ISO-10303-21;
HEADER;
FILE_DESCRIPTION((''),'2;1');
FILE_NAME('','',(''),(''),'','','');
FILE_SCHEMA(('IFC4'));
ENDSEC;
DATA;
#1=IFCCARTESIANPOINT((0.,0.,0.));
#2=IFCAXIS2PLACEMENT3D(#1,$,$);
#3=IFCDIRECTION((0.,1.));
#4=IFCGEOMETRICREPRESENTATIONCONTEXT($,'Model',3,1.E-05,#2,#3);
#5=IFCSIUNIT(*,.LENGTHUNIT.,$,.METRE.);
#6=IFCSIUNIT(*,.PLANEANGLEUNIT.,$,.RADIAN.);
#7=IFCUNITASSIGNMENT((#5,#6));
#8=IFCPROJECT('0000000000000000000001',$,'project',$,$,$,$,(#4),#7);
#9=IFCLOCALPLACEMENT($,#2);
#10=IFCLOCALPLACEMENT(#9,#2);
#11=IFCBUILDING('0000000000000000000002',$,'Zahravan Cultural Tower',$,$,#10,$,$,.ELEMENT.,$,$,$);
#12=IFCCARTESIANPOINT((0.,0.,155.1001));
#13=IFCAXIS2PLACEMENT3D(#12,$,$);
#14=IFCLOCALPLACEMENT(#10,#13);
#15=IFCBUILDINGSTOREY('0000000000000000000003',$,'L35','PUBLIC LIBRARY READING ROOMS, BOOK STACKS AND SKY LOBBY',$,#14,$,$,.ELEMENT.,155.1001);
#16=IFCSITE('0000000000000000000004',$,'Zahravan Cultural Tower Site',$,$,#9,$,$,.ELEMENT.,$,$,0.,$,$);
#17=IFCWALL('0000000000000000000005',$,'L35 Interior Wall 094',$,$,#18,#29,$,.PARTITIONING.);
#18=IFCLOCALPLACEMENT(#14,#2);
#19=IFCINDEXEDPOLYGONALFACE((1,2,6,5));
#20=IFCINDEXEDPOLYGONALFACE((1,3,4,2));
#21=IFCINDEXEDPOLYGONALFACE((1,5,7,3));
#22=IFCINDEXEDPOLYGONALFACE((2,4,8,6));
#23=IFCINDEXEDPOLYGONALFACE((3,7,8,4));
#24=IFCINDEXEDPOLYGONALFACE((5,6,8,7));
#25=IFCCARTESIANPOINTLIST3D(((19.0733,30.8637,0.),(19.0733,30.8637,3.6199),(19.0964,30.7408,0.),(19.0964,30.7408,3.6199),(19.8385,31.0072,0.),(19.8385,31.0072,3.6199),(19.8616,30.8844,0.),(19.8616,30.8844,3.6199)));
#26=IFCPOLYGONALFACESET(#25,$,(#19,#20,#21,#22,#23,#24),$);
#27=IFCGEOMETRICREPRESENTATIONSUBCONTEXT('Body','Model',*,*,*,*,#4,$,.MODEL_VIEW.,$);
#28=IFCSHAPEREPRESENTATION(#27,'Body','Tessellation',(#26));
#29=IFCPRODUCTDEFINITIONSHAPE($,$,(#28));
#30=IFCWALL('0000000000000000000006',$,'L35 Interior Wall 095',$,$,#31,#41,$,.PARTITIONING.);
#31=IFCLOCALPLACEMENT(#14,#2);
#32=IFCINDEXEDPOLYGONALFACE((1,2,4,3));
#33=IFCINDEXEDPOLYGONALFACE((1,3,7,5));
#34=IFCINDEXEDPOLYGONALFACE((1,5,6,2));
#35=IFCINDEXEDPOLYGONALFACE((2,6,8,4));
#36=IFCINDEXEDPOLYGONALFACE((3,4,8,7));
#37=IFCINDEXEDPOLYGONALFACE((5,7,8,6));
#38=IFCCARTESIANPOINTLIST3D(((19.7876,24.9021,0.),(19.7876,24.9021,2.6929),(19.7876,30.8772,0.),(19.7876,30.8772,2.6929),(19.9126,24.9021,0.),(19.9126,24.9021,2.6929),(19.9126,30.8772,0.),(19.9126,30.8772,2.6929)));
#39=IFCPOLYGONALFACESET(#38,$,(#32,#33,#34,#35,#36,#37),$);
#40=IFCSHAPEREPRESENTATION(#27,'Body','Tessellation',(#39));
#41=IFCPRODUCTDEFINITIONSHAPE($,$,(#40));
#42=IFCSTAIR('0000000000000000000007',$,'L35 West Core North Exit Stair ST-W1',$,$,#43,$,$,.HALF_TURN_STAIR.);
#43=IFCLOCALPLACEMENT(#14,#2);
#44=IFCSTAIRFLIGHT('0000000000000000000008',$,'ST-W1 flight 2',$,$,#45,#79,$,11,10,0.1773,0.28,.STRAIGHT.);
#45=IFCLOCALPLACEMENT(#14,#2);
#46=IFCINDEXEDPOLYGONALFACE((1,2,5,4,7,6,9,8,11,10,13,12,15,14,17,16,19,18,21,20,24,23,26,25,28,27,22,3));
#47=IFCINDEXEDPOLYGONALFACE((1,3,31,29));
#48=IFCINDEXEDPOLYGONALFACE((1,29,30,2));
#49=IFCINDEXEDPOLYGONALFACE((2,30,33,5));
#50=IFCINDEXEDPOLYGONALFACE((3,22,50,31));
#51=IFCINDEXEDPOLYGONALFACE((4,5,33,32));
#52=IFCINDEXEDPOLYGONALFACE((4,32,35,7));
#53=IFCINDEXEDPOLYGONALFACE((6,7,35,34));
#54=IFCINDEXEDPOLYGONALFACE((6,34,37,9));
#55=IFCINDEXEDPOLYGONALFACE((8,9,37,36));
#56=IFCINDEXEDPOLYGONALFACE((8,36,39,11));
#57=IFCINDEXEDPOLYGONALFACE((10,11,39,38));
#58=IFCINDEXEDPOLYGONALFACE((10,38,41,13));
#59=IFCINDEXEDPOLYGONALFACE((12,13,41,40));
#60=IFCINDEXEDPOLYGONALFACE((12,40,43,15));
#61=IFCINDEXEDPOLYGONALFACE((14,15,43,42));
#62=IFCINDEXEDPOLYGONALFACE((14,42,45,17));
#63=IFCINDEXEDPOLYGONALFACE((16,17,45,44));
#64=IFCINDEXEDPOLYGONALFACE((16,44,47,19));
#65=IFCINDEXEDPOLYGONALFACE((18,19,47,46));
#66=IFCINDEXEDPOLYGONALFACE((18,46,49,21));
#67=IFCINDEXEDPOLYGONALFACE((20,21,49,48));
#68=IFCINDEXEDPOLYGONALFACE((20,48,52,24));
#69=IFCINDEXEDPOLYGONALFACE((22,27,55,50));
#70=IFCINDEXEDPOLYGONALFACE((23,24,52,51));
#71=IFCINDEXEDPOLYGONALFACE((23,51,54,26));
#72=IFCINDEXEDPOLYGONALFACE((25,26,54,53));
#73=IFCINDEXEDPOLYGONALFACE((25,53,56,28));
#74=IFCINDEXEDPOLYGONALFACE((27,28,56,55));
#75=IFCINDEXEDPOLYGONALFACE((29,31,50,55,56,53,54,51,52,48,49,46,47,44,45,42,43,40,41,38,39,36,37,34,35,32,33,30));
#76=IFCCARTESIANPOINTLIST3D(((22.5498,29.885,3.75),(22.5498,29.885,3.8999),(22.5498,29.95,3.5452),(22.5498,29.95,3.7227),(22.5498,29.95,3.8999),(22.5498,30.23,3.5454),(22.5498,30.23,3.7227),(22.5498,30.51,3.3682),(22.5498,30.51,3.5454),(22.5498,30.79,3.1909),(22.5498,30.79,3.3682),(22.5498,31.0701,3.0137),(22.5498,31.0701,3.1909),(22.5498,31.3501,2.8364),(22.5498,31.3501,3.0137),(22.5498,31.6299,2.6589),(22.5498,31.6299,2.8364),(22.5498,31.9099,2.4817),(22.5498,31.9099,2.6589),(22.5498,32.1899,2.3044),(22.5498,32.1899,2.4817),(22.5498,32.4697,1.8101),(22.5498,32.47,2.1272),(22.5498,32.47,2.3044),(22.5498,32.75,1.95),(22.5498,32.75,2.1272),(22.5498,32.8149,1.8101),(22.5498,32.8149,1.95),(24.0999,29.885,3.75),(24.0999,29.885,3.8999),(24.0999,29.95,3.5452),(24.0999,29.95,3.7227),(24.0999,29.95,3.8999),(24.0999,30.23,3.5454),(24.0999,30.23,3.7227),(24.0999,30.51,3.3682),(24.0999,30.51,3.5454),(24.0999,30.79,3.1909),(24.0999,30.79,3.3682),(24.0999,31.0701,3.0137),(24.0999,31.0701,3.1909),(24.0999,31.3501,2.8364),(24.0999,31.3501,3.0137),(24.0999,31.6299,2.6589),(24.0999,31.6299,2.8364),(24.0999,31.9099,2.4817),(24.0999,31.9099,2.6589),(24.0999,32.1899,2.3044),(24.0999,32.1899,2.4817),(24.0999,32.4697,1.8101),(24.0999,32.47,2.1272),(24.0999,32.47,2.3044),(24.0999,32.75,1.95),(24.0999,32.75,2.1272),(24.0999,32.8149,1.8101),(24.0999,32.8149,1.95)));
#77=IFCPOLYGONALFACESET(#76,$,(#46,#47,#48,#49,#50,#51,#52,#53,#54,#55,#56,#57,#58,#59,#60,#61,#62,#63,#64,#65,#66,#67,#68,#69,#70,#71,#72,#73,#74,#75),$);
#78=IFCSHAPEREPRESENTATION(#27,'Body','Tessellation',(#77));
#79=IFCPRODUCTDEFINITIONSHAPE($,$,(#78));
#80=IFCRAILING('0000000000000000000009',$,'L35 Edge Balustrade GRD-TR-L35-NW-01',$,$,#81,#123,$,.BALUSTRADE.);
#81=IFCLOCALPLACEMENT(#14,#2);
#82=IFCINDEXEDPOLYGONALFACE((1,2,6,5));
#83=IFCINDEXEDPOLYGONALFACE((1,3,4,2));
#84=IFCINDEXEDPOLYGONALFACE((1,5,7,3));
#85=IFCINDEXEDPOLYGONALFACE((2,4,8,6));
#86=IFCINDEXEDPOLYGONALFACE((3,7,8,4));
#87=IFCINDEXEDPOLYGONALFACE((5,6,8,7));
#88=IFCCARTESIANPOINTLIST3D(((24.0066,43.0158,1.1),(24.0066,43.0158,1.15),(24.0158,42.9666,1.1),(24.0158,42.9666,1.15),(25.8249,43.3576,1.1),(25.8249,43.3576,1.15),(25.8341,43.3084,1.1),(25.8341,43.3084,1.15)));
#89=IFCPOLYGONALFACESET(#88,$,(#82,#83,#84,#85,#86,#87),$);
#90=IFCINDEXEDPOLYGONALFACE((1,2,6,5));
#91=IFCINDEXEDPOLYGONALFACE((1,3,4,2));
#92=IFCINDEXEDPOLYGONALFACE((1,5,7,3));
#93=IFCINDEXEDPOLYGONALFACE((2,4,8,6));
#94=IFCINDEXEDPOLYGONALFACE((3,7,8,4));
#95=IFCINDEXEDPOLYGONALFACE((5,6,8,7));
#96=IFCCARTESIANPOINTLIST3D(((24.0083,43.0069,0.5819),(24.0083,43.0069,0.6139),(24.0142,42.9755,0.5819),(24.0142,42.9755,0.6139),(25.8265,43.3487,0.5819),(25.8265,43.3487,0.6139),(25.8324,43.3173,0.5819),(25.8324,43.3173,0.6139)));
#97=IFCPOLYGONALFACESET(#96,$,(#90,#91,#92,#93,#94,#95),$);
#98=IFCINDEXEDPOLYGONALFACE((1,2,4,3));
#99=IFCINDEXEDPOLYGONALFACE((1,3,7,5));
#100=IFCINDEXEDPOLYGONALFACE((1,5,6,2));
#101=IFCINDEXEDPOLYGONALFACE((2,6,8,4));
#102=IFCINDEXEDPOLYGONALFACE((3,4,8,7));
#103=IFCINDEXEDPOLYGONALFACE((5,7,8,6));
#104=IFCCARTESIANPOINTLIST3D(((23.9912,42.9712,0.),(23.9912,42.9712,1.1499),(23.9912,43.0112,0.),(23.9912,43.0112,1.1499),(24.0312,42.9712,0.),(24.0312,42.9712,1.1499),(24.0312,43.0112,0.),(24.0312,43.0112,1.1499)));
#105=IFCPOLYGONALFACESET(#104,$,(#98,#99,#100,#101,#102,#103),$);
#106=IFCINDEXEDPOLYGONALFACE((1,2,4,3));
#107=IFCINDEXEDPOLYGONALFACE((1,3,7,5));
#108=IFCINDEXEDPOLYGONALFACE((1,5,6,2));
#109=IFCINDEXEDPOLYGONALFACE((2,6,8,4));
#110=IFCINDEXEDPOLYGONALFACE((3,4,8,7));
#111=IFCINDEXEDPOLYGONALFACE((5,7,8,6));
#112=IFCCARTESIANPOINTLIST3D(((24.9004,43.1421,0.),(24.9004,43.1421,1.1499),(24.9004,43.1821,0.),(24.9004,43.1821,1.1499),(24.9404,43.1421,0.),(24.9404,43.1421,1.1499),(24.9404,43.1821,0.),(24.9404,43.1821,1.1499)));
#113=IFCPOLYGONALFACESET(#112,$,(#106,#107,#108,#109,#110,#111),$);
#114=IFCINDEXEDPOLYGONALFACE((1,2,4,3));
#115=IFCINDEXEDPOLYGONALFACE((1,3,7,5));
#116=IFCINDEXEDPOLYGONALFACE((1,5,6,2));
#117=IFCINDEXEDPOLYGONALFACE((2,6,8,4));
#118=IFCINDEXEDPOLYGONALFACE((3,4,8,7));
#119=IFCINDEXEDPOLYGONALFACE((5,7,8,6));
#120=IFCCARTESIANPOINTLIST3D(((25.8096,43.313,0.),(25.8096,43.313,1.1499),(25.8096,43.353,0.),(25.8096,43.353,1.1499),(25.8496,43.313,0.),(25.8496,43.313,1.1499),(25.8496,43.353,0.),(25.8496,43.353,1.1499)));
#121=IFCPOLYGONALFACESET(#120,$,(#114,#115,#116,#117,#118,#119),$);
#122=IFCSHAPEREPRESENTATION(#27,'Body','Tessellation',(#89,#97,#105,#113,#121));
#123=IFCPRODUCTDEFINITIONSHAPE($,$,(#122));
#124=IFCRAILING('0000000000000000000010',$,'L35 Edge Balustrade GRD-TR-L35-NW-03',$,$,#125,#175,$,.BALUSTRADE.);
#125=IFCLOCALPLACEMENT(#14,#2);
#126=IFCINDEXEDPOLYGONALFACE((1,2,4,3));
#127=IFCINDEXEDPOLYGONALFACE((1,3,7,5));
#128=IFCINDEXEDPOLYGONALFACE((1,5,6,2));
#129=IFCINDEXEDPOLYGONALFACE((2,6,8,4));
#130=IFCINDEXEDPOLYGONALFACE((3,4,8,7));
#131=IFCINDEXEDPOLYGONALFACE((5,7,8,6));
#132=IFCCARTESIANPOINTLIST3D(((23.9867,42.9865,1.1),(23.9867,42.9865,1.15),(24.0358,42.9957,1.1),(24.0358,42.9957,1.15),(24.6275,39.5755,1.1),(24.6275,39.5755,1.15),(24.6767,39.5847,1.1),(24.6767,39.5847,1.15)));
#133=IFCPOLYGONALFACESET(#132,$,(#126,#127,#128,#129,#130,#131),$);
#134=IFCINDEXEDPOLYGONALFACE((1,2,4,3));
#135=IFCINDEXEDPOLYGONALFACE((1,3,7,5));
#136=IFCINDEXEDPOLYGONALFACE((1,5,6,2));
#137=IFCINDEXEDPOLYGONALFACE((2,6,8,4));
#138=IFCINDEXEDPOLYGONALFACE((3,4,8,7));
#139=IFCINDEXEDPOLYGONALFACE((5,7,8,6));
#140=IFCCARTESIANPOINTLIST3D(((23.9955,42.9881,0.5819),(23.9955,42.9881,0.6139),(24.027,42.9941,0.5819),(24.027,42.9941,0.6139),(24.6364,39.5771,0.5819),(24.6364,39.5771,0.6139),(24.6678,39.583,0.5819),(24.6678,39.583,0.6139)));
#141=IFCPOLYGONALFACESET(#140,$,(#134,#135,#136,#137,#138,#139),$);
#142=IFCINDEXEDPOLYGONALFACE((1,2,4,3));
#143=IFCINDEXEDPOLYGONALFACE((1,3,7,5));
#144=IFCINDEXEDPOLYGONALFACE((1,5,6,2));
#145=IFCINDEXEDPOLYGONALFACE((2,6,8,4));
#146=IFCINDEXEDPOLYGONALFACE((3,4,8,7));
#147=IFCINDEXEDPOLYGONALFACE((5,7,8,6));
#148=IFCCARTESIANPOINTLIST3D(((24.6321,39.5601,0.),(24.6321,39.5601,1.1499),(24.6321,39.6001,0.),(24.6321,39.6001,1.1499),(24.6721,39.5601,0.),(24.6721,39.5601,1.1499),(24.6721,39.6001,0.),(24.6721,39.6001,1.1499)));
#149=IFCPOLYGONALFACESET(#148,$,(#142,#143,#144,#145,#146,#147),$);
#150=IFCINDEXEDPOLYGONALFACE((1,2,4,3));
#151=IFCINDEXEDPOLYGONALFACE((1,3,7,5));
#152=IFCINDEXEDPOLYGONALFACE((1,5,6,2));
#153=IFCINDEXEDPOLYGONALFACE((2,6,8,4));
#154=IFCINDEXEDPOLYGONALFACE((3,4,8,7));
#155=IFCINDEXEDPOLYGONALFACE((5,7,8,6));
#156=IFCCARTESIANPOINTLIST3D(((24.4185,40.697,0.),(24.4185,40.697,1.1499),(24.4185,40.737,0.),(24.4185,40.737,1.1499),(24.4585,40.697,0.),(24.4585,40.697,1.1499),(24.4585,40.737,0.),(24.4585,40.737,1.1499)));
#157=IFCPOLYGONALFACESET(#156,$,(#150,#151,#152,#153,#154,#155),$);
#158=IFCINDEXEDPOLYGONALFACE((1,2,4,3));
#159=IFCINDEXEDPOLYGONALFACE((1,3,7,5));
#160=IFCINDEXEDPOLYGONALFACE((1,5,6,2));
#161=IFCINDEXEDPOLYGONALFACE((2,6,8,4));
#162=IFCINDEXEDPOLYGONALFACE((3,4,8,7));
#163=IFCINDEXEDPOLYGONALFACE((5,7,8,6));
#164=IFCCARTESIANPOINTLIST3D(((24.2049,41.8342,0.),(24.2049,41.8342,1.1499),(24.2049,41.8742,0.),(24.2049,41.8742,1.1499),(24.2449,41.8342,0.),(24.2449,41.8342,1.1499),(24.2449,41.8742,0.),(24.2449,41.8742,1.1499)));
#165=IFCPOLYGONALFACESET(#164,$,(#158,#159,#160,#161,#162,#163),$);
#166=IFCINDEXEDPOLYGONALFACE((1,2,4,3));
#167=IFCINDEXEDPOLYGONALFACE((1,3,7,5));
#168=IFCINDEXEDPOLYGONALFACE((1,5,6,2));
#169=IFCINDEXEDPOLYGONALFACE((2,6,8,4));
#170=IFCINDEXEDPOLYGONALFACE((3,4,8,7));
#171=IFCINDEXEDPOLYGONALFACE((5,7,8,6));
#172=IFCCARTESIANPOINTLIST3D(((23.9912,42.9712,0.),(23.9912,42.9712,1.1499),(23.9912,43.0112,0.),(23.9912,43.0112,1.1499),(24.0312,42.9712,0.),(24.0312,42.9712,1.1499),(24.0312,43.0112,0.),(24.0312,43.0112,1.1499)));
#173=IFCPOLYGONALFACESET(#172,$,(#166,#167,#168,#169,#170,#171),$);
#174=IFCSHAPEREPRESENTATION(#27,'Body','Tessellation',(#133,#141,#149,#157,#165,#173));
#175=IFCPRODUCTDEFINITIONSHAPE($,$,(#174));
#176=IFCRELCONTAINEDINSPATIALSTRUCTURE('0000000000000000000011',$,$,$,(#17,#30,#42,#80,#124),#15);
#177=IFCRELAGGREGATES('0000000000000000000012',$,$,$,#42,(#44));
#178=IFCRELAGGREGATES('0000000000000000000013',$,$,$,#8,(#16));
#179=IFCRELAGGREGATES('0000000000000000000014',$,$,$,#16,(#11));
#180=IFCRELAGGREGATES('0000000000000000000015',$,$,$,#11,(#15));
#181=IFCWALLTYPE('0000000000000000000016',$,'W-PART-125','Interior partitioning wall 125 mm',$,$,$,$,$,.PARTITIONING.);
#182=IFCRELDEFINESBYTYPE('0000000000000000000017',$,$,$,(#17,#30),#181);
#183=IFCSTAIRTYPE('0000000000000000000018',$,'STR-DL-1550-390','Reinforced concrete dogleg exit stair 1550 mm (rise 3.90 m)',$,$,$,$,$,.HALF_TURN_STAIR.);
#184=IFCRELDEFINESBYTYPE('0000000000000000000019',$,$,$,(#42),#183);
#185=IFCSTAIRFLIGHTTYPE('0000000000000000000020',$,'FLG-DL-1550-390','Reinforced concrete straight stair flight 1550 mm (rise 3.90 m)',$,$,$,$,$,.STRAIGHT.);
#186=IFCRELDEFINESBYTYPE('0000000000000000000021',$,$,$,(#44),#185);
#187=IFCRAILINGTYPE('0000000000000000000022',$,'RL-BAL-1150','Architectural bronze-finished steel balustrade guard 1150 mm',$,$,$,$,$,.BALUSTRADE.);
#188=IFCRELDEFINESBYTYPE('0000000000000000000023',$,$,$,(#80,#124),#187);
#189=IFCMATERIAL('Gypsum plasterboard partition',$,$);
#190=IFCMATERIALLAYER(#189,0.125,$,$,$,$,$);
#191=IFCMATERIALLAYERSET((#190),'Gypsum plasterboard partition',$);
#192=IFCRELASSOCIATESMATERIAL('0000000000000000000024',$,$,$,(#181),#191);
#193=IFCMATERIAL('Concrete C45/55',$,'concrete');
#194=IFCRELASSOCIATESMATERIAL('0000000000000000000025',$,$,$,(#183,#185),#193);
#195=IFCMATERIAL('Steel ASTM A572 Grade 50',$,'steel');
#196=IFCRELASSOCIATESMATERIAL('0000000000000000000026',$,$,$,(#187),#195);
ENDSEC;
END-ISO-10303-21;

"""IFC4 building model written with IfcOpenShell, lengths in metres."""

from ifc_helpers import new_model, si_unit, direction, frame, frame_2d, origin, origin_2d, place, context, subcontext, project, spatial, polyline, rectangle, outline, extrude, source, transform, mapped, material, layer, layer_set, type_object, element, aggregate, save


model = new_model("IFC4")

# Units and contexts
model_context = context("Model", 3, precision=1e-05, world=origin(), true_north=direction((0.0, 1.0)))
body_context = subcontext(model_context, "Body", "Model", "MODEL_VIEW")
ifc_project = project(units=[si_unit("LENGTHUNIT", "METRE"), si_unit("PLANEANGLEUNIT", "RADIAN")], contexts=[model_context])

# Site, building, storey
site_placement = place(None, origin())
site = spatial("IfcSite", under=ifc_project, at=site_placement, Name="Zahravan Cultural Tower Site", CompositionType="ELEMENT", RefElevation=0.0)
building_placement = place(site_placement, origin())
building = spatial("IfcBuilding", under=site, at=building_placement, Name="Zahravan Cultural Tower", CompositionType="ELEMENT")
storey_placement = place(building_placement, frame((0.0, 0.0, 155.1001)))
storey = spatial("IfcBuildingStorey", under=building, at=storey_placement, Name="L35", Description="PUBLIC LIBRARY READING ROOMS, BOOK STACKS AND SKY LOBBY", CompositionType="ELEMENT", Elevation=155.1001)

# Shared definitions
ifc_material_1 = material(Name="Gypsum plasterboard partition")
ifc_layer_1 = layer(ifc_material_1, 0.125)
ifc_layer_set_1 = layer_set([ifc_layer_1], Name="Gypsum plasterboard partition")
wall_type_1 = type_object("IfcWallType", Name="W-PART-125", Description="Interior partitioning wall 125 mm", PredefinedType="PARTITIONING", material=ifc_layer_set_1)

# Walls
ifc_material_2 = material(Name="Concrete C45/55", Category="concrete")
shared_shape_1 = source(origin(), body_context, "Body", "SweptSolid", [
    extrude(rectangle(XDim=0.7786, YDim=0.125, at=frame_2d((0.3892, 0.0))), origin(), (0.0, 0.0, 1.0), 3.6199),
])
wall_1_placement = place(storey_placement, frame((19.085, 30.8022, 0.0), z_axis=(0.0, 0.0, 1.0), x_axis=(0.982851, 0.184402, 0.0)))
element("IfcWall", 1, at=wall_1_placement, inside=storey, type_object=wall_type_1, Name="L35 Interior Wall 094", PredefinedType="PARTITIONING", context=body_context, shape_type="MappedRepresentation", body=[
    mapped(shared_shape_1, transform((0.0, 0.0, 0.0), x_axis=(1.0, 0.0, 0.0), y_axis=(0.0, 1.0, 0.0), z_axis=(0.0, 0.0, 1.0), scale=1.0)),
])
shared_shape_2 = source(origin(), body_context, "Body", "SweptSolid", [
    extrude(rectangle(XDim=5.9751, YDim=0.125, at=frame_2d((2.9875, 0.0))), origin(), (0.0, 0.0, 1.0), 2.6929),
])
wall_2_placement = place(storey_placement, frame((19.8501, 30.8772, 0.0), z_axis=(0.0, 0.0, 1.0), x_axis=(0.0, -1.0, 0.0)))
element("IfcWall", 2, at=wall_2_placement, inside=storey, type_object=wall_type_1, Name="L35 Interior Wall 095", PredefinedType="PARTITIONING", context=body_context, shape_type="MappedRepresentation", body=[
    mapped(shared_shape_2, transform((0.0, 0.0, 0.0), x_axis=(1.0, 0.0, 0.0), y_axis=(0.0, 1.0, 0.0), z_axis=(0.0, 0.0, 1.0), scale=1.0)),
])

# Stair, stair flight
stair_type = type_object("IfcStairType", Name="STR-DL-1550-390", Description="Reinforced concrete dogleg exit stair 1550 mm (rise 3.90 m)", PredefinedType="HALF_TURN_STAIR", material=ifc_material_2)
stair_placement = place(storey_placement, origin())
stair = element("IfcStair", 3, at=stair_placement, inside=storey, type_object=stair_type, Name="L35 West Core North Exit Stair ST-W1", PredefinedType="HALF_TURN_STAIR")
stair_flight_type = type_object("IfcStairFlightType", Name="FLG-DL-1550-390", Description="Reinforced concrete straight stair flight 1550 mm (rise 3.90 m)", PredefinedType="STRAIGHT", material=ifc_material_2)
stair_flight_placement = place(storey_placement, frame((23.325, 32.75, 1.95), z_axis=(0.0, 0.0, 1.0), x_axis=(0.0, -1.0, 0.0)))
stair_flight = element("IfcStairFlight", 4, at=stair_flight_placement, type_object=stair_flight_type, Name="ST-W1 flight 2", NumberOfRisers=11, NumberOfTreads=10, PredefinedType="STRAIGHT", RiserHeight=0.1773, TreadLength=0.28, context=body_context, shape_type="SweptSolid", body=[
    extrude(outline(polyline([(-0.0649, -0.1399), (-0.0649, 0.0), (0.0, 0.0), (0.0, 0.1772), (0.28, 0.1772), (0.28, 0.3545), (0.5601, 0.3545), (0.5601, 0.5317), (0.8401, 0.5317), (0.8401, 0.709), (1.1201, 0.709), (1.1201, 0.8865), (1.3999, 0.8865), (1.3999, 1.0637), (1.6799, 1.0637), (1.6799, 1.241), (1.96, 1.241), (1.96, 1.4182), (2.24, 1.4182), (2.24, 1.5955), (2.52, 1.5955), (2.52, 1.7727), (2.8, 1.7727), (2.8, 1.95), (2.865, 1.95), (2.865, 1.8), (2.8, 1.5952), (0.2803, -0.1399), (-0.0649, -0.1399)])), frame((0.0, 0.7749, 0.0), z_axis=(0.0, -1.0, 0.0), x_axis=(1.0, 0.0, 0.0)), (0.0, 0.0, 1.0), 1.55),
])
aggregate(stair, [stair_flight])

# Railings
ifc_material_3 = material(Name="Steel ASTM A572 Grade 50", Category="steel")
railing_type_1 = type_object("IfcRailingType", Name="RL-BAL-1150", Description="Architectural bronze-finished steel balustrade guard 1150 mm", PredefinedType="BALUSTRADE", material=ifc_material_3)
railing_1_placement = place(storey_placement, frame((24.0112, 42.9912, 0.0)))
element("IfcRailing", 5, at=railing_1_placement, inside=storey, type_object=railing_type_1, Name="L35 Edge Balustrade GRD-TR-L35-NW-01", PredefinedType="BALUSTRADE", context=body_context, shape_type="SweptSolid", body=[
    extrude(rectangle(XDim=0.05, YDim=0.05, at=origin_2d()), frame((0.0, 0.0, 1.125), z_axis=(0.982788, 0.184735, 0.0), x_axis=(-0.184735, 0.982788, 0.0)), (0.0, 0.0, 1.0), 1.8501),
    extrude(rectangle(XDim=0.032, YDim=0.032, at=origin_2d()), frame((0.0, 0.0, 0.5979), z_axis=(0.982788, 0.184735, 0.0), x_axis=(-0.184735, 0.982788, 0.0)), (0.0, 0.0, 1.0), 1.8501),
    extrude(rectangle(XDim=0.04, YDim=0.04, at=origin_2d()), origin(), (0.0, 0.0, 1.0), 1.1499),
    extrude(rectangle(XDim=0.04, YDim=0.04, at=origin_2d()), frame((0.9092, 0.1709, 0.0)), (0.0, 0.0, 1.0), 1.1499),
    extrude(rectangle(XDim=0.04, YDim=0.04, at=origin_2d()), frame((1.8184, 0.3418, 0.0)), (0.0, 0.0, 1.0), 1.1499),
])
railing_2_placement = place(storey_placement, frame((24.6521, 39.5801, 0.0)))
element("IfcRailing", 6, at=railing_2_placement, inside=storey, type_object=railing_type_1, Name="L35 Edge Balustrade GRD-TR-L35-NW-03", PredefinedType="BALUSTRADE", context=body_context, shape_type="SweptSolid", body=[
    extrude(rectangle(XDim=0.05, YDim=0.05, at=origin_2d()), frame((0.0, 0.0, 1.125), z_axis=(-0.184645, 0.982805, 0.0), x_axis=(-0.982805, -0.184645, 0.0)), (0.0, 0.0, 1.0), 3.4707),
    extrude(rectangle(XDim=0.032, YDim=0.032, at=origin_2d()), frame((0.0, 0.0, 0.5979), z_axis=(-0.184645, 0.982805, 0.0), x_axis=(-0.982805, -0.184645, 0.0)), (0.0, 0.0, 1.0), 3.4707),
    extrude(rectangle(XDim=0.04, YDim=0.04, at=origin_2d()), origin(), (0.0, 0.0, 1.0), 1.1499),
    extrude(rectangle(XDim=0.04, YDim=0.04, at=origin_2d()), frame((-0.2136, 1.137, 0.0)), (0.0, 0.0, 1.0), 1.1499),
    extrude(rectangle(XDim=0.04, YDim=0.04, at=origin_2d()), frame((-0.4272, 2.2742, 0.0)), (0.0, 0.0, 1.0), 1.1499),
    extrude(rectangle(XDim=0.04, YDim=0.04, at=origin_2d()), frame((-0.6409, 3.4111, 0.0)), (0.0, 0.0, 1.0), 1.1499),
])

save(model, "model.ifc")
